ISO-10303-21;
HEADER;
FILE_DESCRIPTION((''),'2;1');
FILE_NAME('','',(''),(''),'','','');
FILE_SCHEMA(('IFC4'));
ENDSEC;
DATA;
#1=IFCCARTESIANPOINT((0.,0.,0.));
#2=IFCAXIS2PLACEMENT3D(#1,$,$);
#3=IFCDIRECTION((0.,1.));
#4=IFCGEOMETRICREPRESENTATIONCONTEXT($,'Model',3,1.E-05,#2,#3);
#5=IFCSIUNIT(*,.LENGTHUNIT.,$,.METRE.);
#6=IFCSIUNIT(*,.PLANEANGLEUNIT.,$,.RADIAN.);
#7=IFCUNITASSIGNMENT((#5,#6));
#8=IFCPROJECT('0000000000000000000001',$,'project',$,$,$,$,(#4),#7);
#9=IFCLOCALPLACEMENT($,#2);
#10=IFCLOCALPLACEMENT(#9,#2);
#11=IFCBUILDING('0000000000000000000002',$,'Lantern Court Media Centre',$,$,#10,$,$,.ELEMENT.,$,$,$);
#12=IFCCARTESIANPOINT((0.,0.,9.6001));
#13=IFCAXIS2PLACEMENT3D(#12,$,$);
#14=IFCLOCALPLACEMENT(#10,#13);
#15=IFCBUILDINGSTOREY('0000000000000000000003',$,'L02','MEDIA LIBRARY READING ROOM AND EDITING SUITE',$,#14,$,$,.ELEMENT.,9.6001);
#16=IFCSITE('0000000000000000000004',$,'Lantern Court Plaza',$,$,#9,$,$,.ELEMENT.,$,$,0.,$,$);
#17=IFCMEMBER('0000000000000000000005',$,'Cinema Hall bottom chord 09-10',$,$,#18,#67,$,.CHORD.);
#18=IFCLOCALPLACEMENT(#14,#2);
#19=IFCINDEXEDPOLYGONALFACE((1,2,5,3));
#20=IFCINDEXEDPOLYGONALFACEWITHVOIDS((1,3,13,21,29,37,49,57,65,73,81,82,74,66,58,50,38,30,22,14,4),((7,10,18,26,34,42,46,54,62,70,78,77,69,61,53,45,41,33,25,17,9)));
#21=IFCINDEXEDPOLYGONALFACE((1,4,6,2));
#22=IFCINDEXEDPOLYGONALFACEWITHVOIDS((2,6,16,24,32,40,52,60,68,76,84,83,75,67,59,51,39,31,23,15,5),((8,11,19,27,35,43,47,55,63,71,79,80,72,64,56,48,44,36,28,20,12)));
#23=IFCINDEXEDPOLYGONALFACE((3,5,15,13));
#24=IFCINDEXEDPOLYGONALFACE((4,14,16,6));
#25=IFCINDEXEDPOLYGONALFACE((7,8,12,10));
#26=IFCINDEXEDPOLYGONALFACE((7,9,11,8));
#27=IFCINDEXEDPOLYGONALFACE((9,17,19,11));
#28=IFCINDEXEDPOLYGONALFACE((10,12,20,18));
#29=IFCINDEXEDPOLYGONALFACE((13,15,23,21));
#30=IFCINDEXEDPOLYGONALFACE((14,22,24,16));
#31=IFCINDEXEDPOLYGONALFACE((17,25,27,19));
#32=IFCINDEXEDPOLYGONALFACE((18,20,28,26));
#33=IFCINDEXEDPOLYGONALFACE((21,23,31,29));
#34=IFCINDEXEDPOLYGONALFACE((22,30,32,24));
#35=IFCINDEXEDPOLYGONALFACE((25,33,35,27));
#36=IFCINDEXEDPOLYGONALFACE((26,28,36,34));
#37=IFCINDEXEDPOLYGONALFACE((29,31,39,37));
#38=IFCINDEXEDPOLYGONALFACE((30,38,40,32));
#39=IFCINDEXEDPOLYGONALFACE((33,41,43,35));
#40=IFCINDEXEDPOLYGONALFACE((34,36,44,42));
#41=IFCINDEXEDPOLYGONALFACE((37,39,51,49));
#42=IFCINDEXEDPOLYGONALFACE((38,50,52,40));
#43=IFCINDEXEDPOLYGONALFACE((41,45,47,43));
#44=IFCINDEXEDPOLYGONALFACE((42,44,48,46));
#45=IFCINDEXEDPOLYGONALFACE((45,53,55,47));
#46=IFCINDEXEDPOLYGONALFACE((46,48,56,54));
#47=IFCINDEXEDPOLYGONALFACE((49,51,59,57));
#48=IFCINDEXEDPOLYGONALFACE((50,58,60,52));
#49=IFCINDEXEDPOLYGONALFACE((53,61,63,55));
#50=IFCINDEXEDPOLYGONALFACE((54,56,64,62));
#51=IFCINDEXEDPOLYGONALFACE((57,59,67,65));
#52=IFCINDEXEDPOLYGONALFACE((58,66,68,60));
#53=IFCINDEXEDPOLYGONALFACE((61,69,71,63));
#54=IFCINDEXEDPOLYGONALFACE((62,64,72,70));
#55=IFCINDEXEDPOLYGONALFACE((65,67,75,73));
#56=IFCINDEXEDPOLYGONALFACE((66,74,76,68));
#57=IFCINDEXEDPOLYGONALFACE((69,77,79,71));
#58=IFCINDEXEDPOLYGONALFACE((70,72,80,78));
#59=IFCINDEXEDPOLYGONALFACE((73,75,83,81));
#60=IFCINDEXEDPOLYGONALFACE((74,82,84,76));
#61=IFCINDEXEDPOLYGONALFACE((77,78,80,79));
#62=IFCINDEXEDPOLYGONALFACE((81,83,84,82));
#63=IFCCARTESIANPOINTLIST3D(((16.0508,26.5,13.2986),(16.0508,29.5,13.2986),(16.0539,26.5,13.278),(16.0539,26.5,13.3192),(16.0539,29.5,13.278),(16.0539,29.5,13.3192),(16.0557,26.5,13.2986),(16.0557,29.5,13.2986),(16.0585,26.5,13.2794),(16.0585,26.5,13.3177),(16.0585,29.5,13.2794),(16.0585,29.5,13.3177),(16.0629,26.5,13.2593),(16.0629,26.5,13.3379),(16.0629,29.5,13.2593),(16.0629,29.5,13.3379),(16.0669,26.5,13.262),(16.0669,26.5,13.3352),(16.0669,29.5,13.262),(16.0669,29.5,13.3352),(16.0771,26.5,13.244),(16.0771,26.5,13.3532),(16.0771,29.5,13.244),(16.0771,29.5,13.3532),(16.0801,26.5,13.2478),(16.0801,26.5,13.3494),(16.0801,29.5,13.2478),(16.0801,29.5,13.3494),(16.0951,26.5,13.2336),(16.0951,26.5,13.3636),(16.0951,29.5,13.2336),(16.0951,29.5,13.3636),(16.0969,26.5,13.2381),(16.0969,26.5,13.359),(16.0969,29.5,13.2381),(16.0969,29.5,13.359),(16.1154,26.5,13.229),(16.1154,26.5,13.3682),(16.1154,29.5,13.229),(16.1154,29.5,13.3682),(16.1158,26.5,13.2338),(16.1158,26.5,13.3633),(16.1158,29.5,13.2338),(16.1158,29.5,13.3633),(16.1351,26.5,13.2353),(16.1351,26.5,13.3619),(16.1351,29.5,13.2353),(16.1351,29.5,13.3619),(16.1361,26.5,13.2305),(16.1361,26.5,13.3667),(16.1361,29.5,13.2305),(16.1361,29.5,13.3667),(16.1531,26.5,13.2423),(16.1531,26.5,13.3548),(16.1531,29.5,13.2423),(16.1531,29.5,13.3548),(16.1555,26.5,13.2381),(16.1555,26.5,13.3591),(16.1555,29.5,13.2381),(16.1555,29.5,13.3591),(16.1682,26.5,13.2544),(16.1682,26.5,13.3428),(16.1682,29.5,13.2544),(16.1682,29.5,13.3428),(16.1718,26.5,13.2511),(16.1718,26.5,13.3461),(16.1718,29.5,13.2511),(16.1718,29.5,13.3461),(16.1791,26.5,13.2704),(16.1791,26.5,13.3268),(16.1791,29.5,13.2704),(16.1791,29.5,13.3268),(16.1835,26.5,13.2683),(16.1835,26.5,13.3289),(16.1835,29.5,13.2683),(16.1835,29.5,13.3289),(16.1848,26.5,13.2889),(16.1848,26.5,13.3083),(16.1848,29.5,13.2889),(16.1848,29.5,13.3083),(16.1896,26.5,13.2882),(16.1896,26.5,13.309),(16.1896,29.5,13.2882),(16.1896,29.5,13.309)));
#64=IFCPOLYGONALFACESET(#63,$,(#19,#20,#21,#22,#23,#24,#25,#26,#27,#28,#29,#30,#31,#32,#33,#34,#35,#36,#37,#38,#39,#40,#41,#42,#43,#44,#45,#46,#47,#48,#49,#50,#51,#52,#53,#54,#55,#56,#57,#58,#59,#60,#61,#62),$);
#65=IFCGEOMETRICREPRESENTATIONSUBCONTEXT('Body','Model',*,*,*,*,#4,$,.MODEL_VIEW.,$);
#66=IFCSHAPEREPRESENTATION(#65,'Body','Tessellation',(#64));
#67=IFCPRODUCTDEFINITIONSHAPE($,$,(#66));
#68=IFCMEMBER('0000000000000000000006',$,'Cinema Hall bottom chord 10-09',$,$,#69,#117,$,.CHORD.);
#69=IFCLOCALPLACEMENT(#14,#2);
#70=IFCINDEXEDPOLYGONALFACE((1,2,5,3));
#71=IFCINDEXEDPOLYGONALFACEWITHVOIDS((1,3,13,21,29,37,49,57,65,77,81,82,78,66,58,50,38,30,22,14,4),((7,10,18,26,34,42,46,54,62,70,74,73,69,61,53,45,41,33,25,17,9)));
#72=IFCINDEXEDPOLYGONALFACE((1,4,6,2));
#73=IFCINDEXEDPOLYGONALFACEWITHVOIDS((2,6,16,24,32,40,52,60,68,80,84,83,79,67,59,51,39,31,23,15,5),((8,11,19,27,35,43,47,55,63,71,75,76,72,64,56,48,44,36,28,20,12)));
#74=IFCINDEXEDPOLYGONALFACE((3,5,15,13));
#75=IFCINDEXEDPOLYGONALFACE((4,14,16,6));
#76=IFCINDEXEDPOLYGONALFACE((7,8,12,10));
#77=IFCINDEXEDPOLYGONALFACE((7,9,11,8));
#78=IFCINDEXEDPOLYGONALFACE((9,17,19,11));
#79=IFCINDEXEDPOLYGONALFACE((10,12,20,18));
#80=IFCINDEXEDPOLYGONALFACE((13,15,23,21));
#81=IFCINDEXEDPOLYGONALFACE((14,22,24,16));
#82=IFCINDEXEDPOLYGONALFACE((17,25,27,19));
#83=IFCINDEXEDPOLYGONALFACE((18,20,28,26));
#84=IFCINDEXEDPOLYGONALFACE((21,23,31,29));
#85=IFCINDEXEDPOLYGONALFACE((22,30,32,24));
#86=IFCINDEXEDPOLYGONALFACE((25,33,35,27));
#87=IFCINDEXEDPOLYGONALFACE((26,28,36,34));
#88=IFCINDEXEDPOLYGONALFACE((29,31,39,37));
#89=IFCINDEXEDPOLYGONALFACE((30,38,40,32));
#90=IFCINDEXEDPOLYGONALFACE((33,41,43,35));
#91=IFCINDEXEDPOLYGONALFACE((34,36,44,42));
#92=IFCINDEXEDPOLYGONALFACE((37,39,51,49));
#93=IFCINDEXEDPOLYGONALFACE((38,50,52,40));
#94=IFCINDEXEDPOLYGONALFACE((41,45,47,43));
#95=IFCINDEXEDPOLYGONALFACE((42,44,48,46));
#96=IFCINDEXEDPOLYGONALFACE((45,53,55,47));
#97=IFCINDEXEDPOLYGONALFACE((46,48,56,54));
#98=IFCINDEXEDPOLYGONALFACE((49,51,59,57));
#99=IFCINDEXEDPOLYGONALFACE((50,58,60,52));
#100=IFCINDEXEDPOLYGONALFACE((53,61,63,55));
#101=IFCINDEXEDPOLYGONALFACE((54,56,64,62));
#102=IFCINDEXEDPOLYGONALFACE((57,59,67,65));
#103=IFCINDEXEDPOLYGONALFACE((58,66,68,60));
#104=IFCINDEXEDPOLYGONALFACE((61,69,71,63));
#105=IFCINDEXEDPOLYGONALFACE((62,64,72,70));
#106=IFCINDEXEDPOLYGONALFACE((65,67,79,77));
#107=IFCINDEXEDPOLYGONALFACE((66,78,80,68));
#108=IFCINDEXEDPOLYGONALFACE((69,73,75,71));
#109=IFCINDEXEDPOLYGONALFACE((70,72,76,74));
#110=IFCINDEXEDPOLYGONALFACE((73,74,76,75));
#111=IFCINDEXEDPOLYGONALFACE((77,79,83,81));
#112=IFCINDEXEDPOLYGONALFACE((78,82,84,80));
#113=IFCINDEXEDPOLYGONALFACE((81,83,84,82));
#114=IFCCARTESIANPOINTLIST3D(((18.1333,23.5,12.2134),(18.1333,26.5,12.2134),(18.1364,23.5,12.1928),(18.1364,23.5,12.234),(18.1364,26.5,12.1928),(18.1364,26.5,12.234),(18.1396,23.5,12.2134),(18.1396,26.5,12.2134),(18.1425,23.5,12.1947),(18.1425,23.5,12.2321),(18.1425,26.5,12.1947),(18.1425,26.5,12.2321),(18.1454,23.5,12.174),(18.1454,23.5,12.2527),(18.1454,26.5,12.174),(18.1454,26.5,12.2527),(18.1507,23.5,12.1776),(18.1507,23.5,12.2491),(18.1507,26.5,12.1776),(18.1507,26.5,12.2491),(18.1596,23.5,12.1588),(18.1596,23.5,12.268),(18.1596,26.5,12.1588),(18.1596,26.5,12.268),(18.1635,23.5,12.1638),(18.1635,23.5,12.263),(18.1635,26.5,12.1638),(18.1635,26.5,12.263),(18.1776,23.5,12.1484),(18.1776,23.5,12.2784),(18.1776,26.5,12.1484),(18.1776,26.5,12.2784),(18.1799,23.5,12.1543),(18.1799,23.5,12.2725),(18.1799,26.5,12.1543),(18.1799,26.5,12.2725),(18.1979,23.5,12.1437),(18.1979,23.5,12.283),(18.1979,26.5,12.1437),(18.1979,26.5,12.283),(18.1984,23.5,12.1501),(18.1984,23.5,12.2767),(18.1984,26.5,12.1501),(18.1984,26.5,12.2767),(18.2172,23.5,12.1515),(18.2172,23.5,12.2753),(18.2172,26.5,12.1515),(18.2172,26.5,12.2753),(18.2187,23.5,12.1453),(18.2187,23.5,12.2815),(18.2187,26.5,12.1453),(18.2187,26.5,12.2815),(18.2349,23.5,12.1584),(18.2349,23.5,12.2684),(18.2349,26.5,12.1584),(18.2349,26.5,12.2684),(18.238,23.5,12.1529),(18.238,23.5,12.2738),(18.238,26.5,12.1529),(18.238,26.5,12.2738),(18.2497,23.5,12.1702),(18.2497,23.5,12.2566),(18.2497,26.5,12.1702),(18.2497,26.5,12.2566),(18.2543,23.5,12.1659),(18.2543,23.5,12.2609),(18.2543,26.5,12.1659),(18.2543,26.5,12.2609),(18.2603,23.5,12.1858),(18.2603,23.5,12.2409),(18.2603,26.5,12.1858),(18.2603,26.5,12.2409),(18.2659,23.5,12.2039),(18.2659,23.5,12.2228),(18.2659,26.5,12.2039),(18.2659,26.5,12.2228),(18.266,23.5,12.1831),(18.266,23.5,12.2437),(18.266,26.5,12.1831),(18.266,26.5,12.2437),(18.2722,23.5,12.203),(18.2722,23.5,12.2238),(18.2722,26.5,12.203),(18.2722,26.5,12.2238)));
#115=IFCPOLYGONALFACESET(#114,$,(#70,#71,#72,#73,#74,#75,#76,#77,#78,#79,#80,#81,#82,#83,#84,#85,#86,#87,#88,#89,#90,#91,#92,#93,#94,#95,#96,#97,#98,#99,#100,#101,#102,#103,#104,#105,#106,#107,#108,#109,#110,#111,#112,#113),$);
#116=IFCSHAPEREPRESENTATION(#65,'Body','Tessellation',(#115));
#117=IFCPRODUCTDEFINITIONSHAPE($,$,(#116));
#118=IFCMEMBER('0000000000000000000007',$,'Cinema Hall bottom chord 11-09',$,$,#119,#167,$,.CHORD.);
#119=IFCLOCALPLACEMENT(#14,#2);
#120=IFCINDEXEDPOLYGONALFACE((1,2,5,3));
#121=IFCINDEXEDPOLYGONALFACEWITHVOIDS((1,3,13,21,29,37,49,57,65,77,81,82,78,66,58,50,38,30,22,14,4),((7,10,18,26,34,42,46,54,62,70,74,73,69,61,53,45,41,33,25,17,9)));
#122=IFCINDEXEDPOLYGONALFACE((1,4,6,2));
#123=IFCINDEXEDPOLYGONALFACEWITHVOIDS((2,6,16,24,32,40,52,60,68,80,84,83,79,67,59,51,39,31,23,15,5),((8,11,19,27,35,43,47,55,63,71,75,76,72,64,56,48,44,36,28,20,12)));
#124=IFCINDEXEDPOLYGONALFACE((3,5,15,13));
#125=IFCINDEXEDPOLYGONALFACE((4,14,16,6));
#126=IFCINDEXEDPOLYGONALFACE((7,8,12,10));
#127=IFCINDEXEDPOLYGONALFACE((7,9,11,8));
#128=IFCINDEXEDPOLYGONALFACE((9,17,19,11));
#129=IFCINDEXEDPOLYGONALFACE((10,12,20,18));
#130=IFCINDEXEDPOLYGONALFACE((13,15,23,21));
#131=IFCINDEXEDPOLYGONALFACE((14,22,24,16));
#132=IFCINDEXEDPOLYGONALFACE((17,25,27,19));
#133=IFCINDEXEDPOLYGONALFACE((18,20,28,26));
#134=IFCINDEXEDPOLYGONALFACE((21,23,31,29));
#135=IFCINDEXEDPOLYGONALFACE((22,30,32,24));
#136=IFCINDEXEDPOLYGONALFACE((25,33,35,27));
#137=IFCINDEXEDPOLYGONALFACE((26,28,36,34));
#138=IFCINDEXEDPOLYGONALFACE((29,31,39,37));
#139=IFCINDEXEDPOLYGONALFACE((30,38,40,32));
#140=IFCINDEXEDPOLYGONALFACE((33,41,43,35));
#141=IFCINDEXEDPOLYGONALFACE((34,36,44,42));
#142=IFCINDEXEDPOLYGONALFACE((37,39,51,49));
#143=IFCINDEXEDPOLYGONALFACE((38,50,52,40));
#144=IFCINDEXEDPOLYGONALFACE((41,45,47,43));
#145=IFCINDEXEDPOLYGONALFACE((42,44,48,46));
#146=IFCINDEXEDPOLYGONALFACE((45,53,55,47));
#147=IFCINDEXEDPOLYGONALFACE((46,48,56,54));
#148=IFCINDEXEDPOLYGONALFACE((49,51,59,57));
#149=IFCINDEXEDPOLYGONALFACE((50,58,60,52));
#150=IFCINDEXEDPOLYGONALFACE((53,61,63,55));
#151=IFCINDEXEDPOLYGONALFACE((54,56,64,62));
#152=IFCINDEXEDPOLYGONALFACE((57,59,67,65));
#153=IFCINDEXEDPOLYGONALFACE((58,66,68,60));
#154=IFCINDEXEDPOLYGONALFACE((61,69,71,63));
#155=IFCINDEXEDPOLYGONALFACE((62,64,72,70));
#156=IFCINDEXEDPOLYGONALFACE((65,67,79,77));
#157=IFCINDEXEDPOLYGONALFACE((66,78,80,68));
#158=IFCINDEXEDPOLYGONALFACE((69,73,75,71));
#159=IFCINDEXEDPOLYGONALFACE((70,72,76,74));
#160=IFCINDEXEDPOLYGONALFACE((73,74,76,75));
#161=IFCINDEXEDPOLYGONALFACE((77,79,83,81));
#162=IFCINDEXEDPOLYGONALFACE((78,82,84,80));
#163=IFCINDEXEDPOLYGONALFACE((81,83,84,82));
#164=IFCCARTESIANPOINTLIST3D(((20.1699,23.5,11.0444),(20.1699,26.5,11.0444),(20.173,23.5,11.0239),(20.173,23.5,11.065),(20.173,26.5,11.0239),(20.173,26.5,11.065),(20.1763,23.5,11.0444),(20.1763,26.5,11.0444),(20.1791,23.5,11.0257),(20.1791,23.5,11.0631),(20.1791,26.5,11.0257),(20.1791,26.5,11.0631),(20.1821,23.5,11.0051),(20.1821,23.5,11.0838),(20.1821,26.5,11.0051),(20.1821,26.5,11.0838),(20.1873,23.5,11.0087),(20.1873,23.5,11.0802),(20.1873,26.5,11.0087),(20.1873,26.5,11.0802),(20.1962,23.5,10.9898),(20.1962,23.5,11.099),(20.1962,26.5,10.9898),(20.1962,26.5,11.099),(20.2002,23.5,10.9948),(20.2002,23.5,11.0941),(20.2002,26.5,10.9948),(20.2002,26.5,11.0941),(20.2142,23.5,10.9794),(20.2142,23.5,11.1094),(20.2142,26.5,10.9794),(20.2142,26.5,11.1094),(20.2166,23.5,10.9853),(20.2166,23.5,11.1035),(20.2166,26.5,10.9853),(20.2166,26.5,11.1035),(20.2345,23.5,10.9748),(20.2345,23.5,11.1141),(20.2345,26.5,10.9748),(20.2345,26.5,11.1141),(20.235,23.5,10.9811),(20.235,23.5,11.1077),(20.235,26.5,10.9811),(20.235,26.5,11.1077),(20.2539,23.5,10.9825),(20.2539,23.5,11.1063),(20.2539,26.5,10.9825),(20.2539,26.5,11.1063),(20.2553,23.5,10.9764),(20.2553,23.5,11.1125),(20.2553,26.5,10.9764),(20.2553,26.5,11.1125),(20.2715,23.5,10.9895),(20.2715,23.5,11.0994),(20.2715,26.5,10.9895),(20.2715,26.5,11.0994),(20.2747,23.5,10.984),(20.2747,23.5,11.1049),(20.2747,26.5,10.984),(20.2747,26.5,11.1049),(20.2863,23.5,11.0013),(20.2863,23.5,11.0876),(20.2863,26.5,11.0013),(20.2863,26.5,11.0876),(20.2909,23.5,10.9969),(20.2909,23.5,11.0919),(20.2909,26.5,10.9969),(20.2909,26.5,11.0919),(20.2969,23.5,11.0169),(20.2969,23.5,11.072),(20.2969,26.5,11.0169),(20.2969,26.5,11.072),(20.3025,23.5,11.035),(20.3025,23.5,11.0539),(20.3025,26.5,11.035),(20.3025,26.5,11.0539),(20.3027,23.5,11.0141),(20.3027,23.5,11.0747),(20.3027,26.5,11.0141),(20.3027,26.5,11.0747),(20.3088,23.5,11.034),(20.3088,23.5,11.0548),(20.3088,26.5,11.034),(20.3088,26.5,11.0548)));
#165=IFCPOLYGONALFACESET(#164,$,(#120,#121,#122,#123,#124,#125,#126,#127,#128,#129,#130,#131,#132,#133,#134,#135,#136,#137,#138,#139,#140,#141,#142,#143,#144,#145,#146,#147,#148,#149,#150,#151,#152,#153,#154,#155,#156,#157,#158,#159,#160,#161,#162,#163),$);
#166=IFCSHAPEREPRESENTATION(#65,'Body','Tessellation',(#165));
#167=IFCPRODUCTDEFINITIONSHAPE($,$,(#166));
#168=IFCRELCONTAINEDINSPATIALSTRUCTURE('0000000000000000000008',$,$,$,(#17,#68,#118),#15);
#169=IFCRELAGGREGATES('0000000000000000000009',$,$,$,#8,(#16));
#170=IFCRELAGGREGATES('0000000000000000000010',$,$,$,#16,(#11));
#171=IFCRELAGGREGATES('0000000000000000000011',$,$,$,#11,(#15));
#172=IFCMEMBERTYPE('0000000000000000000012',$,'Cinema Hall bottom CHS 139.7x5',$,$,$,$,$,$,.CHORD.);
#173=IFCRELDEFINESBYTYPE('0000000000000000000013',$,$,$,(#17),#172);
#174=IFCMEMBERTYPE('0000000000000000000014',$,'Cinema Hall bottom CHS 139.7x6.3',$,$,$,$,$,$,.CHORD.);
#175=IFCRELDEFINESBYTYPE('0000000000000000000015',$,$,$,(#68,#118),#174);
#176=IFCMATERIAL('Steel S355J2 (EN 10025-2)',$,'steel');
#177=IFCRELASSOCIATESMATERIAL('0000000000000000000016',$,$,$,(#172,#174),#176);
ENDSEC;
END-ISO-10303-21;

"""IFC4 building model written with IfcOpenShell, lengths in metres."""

from ifc_helpers import new_model, si_unit, direction, frame, origin, origin_2d, place, context, subcontext, project, spatial, hollow_circle, extrude, material, material_profile, profile_set, type_object, element, save


model = new_model("IFC4")

# Units and contexts
model_context = context("Model", 3, precision=1e-05, world=origin(), true_north=direction((0.0, 1.0)))
body_context = subcontext(model_context, "Body", "Model", "MODEL_VIEW")
ifc_project = project(units=[si_unit("LENGTHUNIT", "METRE"), si_unit("PLANEANGLEUNIT", "RADIAN")], contexts=[model_context])

# Site, building, storey
site_placement = place(None, origin())
site = spatial("IfcSite", under=ifc_project, at=site_placement, Name="Lantern Court Plaza", CompositionType="ELEMENT", RefElevation=0.0)
building_placement = place(site_placement, origin())
building = spatial("IfcBuilding", under=site, at=building_placement, Name="Lantern Court Media Centre", CompositionType="ELEMENT")
storey_placement = place(building_placement, frame((0.0, 0.0, 9.6001)))
storey = spatial("IfcBuildingStorey", under=building, at=storey_placement, Name="L02", Description="MEDIA LIBRARY READING ROOM AND EDITING SUITE", CompositionType="ELEMENT", Elevation=9.6001)

# Members
ifc_material = material(Name="Steel S355J2 (EN 10025-2)", Category="steel")
ifc_material_profile_1 = material_profile(ifc_material, hollow_circle(Radius=0.0698, WallThickness=0.0049, at=origin_2d()), Name="Cinema Hall bottom CHS 139.7x5")
ifc_profile_set_1 = profile_set([ifc_material_profile_1], Name="Steel S355J2 (EN 10025-2)")
member_type_1 = type_object("IfcMemberType", Name="Cinema Hall bottom CHS 139.7x5", PredefinedType="CHORD", material=ifc_profile_set_1)
member_1_placement = place(storey_placement, frame((16.1206, 26.5, 13.2986), z_axis=(0.0, 1.0, 0.0), x_axis=(-1.0, 0.0, 0.0)))
element("IfcMember", 1, at=member_1_placement, inside=storey, type_object=member_type_1, Name="Cinema Hall bottom chord 09-10", PredefinedType="CHORD", context=body_context, shape_type="SweptSolid", body=[
    extrude(hollow_circle(Radius=0.0698, WallThickness=0.0049, at=origin_2d()), origin(), (0.0, 0.0, 1.0), 3.0),
])
ifc_material_profile_2 = material_profile(ifc_material, hollow_circle(Radius=0.0698, WallThickness=0.0063, at=origin_2d()), Name="Cinema Hall bottom CHS 139.7x6.3")
ifc_profile_set_2 = profile_set([ifc_material_profile_2], Name="Steel S355J2 (EN 10025-2)")
member_type_2 = type_object("IfcMemberType", Name="Cinema Hall bottom CHS 139.7x6.3", PredefinedType="CHORD", material=ifc_profile_set_2)
for number, where, z_axis, x_axis, name in (
    (2, (18.2031, 23.5, 12.2134), (0.0, 1.0, 0.0), (-1.0, 0.0, 0.0), "Cinema Hall bottom chord 10-09"),
    (3, (20.2397, 23.5, 11.0444), (0.0, 1.0, 0.0), (-1.0, 0.0, 0.0), "Cinema Hall bottom chord 11-09"),
):
    element("IfcMember", number, at=place(storey_placement, frame(where, z_axis=z_axis, x_axis=x_axis)), inside=storey, type_object=member_type_2, Name=name, PredefinedType="CHORD", context=body_context, shape_type="SweptSolid", body=[
        extrude(hollow_circle(Radius=0.0698, WallThickness=0.0063, at=origin_2d()), origin(), (0.0, 0.0, 1.0), 3.0),
    ])

save(model, "model.ifc")
